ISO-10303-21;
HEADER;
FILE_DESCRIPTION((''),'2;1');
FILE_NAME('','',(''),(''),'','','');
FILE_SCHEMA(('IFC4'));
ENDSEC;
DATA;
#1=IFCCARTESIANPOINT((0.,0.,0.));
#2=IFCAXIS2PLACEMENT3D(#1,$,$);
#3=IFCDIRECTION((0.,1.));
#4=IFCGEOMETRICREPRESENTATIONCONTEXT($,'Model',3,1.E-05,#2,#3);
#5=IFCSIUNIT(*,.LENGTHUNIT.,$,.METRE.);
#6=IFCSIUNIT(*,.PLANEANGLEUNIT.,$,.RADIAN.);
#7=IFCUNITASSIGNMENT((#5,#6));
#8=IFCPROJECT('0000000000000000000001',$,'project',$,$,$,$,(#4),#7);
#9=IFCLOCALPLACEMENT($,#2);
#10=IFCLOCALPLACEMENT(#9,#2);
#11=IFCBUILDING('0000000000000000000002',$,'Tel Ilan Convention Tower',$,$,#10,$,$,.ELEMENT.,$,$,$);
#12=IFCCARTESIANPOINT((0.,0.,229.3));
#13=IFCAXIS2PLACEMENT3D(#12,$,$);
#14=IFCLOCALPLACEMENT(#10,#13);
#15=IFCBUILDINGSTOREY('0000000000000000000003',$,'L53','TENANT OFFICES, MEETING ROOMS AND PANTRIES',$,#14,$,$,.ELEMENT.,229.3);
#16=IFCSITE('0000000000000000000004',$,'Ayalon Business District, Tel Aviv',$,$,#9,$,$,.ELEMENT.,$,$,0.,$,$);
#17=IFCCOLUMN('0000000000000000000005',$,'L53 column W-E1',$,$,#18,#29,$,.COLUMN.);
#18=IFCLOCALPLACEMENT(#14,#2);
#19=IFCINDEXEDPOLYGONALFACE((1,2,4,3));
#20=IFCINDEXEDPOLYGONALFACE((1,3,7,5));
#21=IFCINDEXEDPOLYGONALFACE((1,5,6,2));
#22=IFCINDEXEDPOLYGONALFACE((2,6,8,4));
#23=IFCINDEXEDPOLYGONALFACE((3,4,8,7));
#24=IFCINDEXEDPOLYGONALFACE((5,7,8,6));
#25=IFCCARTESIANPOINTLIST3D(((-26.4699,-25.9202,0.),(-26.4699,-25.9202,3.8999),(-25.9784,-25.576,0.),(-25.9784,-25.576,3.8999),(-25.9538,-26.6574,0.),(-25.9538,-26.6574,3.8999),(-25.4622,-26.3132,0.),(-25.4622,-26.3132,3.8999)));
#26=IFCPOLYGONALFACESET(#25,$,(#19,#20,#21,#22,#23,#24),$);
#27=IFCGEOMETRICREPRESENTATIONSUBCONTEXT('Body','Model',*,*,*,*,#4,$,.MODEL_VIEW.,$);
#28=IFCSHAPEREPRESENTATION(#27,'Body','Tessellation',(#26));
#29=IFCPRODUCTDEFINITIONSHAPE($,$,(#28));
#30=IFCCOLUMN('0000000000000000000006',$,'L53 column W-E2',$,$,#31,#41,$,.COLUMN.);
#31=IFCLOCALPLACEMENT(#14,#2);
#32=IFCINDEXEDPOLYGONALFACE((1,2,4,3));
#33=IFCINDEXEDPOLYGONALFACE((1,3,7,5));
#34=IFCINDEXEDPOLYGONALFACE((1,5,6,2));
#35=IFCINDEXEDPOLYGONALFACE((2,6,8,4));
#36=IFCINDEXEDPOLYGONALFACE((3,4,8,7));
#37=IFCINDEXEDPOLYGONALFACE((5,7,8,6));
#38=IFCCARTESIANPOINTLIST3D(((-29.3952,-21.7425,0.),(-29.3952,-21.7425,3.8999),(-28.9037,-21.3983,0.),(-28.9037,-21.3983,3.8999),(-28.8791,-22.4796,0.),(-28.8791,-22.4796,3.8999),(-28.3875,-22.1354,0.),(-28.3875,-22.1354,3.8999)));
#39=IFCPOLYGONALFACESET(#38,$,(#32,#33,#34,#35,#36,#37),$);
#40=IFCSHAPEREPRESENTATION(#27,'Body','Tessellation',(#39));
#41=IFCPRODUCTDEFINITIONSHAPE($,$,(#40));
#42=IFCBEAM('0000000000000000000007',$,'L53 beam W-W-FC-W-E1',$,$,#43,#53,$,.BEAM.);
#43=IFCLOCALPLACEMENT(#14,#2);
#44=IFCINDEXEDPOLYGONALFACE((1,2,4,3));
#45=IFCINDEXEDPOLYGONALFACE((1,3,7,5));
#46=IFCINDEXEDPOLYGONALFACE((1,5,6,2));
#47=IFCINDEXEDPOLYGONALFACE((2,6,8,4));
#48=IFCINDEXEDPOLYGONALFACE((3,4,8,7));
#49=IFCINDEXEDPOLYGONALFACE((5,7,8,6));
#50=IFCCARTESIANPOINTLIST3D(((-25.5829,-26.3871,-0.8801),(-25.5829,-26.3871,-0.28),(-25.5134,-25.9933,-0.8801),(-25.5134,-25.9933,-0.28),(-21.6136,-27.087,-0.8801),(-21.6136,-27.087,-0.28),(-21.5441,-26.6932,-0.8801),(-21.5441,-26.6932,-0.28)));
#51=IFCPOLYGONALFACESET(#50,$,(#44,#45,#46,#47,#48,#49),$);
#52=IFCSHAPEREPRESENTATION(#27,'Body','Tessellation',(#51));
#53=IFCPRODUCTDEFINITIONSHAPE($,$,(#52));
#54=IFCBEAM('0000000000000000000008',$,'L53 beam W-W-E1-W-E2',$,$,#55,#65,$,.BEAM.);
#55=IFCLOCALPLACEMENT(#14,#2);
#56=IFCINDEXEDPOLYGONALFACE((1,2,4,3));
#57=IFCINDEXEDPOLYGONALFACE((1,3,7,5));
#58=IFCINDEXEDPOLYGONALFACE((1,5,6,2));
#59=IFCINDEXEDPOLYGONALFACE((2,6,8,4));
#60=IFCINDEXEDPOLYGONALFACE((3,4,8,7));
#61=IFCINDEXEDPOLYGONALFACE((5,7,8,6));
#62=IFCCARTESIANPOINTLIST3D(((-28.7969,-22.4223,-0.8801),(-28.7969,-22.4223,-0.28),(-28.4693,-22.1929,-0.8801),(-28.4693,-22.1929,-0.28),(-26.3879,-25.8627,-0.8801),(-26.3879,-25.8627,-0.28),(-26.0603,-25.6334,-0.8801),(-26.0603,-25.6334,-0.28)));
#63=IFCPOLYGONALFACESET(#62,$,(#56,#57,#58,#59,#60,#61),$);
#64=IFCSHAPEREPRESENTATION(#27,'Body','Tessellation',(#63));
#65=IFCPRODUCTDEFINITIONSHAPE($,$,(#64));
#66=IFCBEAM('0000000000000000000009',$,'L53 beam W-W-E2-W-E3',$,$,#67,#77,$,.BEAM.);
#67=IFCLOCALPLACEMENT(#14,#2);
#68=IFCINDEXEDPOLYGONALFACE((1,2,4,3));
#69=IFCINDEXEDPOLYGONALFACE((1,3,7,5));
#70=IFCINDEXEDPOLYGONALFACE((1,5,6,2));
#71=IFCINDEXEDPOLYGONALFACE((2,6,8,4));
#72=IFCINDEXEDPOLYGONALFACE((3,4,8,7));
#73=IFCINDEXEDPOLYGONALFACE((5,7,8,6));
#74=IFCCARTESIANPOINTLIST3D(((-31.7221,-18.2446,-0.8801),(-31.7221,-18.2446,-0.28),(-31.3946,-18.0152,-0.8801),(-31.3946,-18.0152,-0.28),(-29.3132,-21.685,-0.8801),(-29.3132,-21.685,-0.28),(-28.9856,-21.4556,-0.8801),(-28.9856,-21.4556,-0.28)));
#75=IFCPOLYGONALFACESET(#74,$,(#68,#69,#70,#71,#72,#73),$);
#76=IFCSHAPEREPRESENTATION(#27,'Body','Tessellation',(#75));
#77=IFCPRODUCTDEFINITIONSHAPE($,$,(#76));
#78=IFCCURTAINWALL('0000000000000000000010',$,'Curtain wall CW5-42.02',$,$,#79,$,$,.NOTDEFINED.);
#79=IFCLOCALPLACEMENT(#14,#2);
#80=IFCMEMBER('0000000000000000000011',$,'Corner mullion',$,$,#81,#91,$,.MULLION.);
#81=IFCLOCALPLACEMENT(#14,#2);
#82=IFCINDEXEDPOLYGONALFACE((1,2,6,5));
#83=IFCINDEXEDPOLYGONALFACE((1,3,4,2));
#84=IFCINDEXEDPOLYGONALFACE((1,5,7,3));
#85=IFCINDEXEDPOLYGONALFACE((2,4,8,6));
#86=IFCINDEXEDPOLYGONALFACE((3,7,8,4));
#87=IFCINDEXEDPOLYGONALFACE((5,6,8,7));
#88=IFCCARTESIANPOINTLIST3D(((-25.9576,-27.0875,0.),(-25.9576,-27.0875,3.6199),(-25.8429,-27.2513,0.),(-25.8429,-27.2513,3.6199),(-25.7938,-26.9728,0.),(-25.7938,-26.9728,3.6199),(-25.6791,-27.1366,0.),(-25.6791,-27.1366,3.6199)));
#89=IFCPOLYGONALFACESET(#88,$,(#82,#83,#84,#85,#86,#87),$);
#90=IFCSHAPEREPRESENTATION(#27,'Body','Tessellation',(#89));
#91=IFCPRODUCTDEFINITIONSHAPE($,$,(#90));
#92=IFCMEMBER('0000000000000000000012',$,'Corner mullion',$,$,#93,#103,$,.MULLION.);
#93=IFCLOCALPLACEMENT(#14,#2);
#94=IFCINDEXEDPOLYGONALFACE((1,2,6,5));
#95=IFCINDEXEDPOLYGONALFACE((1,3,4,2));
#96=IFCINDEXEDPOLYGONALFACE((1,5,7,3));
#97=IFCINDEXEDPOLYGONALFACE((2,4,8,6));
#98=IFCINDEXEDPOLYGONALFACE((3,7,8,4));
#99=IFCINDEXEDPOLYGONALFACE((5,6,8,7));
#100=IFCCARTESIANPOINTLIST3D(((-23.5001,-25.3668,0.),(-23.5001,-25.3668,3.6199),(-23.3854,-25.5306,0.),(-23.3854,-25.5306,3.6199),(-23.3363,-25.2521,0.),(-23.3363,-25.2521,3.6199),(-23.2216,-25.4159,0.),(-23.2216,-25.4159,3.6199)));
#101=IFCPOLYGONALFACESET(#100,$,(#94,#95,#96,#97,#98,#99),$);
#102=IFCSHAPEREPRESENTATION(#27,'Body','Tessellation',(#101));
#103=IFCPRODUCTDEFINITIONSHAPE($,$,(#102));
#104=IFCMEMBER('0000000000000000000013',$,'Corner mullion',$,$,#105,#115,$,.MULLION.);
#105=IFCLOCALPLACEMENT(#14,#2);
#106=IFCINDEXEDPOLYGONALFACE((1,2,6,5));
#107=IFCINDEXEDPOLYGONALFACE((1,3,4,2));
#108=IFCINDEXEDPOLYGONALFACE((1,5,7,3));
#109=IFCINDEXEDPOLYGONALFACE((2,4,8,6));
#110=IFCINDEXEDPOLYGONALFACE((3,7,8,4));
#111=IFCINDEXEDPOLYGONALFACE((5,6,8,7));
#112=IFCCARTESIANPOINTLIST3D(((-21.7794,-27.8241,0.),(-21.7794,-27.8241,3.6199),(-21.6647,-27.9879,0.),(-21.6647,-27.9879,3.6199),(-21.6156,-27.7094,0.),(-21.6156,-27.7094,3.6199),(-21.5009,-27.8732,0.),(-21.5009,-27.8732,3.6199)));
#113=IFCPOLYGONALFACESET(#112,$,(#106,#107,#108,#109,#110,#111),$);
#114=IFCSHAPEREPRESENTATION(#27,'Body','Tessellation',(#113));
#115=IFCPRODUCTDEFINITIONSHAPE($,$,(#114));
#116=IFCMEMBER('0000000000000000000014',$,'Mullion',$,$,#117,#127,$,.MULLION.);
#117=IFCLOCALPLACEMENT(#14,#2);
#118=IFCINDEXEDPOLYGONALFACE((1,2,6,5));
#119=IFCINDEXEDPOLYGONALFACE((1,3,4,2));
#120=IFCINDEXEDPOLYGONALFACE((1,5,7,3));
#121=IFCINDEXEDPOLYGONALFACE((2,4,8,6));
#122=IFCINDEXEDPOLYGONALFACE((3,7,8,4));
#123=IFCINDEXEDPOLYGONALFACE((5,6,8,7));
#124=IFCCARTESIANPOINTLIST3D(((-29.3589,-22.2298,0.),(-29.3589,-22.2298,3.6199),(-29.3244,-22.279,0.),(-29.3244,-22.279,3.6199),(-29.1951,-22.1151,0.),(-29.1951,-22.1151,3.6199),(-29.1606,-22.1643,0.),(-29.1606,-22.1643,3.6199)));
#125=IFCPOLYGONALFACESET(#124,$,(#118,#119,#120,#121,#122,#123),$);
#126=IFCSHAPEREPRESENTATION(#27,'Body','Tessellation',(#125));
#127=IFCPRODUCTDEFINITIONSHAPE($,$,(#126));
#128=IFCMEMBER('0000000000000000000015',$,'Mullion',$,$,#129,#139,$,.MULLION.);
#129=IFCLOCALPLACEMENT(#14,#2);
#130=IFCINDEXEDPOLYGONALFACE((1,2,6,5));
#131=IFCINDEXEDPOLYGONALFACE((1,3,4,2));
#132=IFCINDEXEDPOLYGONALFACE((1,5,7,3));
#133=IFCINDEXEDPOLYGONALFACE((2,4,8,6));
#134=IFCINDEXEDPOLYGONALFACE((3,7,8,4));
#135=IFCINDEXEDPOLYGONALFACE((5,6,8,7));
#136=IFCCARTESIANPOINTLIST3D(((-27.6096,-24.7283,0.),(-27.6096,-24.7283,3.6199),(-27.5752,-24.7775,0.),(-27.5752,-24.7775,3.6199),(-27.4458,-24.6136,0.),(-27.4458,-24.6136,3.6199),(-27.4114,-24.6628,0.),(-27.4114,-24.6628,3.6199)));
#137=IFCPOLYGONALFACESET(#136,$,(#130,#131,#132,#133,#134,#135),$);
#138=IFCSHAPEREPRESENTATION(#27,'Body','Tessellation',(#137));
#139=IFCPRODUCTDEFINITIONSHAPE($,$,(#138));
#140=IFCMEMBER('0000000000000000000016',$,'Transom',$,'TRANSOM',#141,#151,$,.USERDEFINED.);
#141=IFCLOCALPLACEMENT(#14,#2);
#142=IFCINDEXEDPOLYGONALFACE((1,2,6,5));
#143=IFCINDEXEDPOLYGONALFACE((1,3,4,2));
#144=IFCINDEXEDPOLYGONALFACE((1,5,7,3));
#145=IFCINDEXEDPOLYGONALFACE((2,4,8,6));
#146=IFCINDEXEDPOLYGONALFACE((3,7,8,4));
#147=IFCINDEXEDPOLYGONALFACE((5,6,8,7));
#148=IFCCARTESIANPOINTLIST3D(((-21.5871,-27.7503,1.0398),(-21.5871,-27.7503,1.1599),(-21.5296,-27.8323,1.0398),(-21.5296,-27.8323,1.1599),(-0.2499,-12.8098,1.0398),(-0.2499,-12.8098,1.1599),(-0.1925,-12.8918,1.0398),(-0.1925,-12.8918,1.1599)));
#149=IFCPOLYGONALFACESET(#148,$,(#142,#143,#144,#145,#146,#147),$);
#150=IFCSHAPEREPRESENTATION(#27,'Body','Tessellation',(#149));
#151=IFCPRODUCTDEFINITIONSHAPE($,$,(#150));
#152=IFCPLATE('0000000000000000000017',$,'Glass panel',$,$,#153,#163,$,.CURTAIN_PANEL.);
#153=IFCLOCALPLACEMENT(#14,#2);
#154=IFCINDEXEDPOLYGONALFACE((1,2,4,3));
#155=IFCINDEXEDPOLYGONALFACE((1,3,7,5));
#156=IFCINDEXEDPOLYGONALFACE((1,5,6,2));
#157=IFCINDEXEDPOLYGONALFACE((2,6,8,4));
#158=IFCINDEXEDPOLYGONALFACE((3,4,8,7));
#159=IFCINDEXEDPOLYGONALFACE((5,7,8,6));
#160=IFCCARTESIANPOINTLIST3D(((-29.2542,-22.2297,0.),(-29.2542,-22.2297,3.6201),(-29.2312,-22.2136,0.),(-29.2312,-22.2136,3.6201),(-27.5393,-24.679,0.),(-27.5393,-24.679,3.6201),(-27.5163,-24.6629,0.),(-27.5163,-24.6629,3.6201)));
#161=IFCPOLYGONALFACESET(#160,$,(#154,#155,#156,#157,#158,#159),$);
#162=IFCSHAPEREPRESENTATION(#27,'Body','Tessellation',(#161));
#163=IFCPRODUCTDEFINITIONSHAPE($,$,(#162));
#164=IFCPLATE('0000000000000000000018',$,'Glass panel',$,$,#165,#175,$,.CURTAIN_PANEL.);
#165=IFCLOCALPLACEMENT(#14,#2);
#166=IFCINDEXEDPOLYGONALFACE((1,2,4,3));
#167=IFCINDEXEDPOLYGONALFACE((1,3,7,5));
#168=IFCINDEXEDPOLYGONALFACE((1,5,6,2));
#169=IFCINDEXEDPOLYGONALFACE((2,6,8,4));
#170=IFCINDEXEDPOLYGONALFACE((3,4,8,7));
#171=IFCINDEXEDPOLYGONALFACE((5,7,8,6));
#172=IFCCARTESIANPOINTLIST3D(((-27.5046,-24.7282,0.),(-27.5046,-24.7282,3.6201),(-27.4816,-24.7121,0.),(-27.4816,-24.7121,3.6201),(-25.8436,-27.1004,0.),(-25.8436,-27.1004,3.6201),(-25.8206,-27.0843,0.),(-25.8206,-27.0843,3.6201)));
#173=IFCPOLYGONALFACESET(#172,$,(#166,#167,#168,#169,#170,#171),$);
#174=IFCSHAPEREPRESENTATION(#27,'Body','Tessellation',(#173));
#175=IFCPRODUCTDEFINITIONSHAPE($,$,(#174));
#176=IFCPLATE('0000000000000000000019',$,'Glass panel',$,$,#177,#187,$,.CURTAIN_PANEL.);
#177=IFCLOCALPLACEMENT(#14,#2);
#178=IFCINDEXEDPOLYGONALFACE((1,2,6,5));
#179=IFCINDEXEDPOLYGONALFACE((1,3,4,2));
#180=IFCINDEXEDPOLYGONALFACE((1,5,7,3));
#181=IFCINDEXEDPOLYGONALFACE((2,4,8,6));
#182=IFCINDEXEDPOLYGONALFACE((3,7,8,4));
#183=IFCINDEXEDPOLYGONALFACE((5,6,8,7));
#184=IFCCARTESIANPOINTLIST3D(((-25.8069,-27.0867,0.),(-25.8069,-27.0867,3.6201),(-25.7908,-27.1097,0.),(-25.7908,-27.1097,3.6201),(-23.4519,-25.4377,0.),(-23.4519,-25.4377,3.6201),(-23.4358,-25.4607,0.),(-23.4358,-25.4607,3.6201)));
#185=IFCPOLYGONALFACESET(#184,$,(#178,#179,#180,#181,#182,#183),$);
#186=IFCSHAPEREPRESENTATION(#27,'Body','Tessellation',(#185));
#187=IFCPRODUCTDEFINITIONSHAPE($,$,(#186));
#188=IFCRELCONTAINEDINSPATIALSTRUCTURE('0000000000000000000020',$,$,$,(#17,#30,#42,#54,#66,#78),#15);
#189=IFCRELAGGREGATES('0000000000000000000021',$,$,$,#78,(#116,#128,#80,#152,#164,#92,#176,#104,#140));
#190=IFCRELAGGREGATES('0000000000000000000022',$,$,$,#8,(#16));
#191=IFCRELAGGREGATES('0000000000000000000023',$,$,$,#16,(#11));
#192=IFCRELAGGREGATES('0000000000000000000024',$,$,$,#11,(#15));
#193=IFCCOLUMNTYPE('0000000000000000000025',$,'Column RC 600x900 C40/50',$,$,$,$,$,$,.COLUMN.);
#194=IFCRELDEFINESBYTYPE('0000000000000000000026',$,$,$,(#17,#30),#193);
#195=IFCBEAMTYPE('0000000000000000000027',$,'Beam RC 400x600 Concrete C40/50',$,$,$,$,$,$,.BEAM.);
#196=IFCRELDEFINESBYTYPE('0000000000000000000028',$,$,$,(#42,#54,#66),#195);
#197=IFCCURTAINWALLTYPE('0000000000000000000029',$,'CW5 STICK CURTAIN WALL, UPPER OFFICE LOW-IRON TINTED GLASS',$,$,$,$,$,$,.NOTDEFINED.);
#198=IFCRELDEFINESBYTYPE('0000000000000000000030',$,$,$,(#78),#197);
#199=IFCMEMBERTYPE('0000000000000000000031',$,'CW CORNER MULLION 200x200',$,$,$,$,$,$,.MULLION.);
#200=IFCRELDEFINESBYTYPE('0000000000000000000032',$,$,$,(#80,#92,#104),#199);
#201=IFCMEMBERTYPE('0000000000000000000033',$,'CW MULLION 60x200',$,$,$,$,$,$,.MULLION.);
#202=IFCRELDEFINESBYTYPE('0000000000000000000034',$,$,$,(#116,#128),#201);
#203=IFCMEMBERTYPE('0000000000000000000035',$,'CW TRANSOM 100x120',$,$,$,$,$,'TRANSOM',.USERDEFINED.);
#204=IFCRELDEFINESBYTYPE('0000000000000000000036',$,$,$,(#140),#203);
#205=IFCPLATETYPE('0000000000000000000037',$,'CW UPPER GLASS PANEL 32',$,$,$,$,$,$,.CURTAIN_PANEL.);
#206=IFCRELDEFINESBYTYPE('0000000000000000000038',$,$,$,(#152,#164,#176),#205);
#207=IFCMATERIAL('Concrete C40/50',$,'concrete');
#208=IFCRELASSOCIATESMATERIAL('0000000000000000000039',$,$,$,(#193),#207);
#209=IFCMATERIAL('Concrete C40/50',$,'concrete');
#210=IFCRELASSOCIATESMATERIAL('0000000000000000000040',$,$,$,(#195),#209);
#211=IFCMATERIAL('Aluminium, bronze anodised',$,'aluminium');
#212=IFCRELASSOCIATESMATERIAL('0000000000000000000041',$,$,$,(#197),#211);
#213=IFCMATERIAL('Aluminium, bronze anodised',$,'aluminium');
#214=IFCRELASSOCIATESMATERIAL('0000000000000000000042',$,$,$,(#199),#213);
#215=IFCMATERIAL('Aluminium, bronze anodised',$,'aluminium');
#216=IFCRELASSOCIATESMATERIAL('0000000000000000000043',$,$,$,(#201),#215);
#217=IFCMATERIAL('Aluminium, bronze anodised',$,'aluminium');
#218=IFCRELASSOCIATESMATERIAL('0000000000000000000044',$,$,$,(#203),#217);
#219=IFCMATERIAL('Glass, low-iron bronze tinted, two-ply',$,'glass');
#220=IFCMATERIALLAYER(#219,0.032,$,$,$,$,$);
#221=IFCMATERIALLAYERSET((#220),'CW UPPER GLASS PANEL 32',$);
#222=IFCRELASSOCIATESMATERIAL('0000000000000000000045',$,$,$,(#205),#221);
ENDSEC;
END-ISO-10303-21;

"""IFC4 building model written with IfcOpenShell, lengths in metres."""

from ifc_helpers import new_model, si_unit, direction, frame, origin, origin_2d, place, context, subcontext, project, spatial, rectangle, extrude, material, layer, layer_set, material_profile, profile_set, type_object, element, aggregate, save


model = new_model("IFC4")

# Units and contexts
model_context = context("Model", 3, precision=1e-05, world=origin(), true_north=direction((0.0, 1.0)))
body_context = subcontext(model_context, "Body", "Model", "MODEL_VIEW")
ifc_project = project(units=[si_unit("LENGTHUNIT", "METRE"), si_unit("PLANEANGLEUNIT", "RADIAN")], contexts=[model_context])

# Site, building, storey
site_placement = place(None, origin())
site = spatial("IfcSite", under=ifc_project, at=site_placement, Name="Ayalon Business District, Tel Aviv", CompositionType="ELEMENT", RefElevation=0.0)
building_placement = place(site_placement, origin())
building = spatial("IfcBuilding", under=site, at=building_placement, Name="Tel Ilan Convention Tower", CompositionType="ELEMENT")
storey_placement = place(building_placement, frame((0.0, 0.0, 229.3)))
storey = spatial("IfcBuildingStorey", under=building, at=storey_placement, Name="L53", Description="TENANT OFFICES, MEETING ROOMS AND PANTRIES", CompositionType="ELEMENT", Elevation=229.3)

# Columns
ifc_material_1 = material(Name="Concrete C40/50", Category="concrete")
ifc_material_profile_1 = material_profile(ifc_material_1, rectangle(XDim=0.8999, YDim=0.6001, at=origin_2d()), Name="RC 600x900")
ifc_profile_set_1 = profile_set([ifc_material_profile_1], Name="Concrete C40/50")
column_type = type_object("IfcColumnType", Name="Column RC 600x900 C40/50", PredefinedType="COLUMN", material=ifc_profile_set_1)
for number, where, z_axis, x_axis, name in (
    (1, (-25.9661, -26.1167, 0.0), (0.0, 0.0, 1.0), (-0.573576, 0.819152, 0.0), "L53 column W-E1"),
    (2, (-28.8914, -21.939, 0.0), (0.0, 0.0, 1.0), (-0.573576, 0.819152, 0.0), "L53 column W-E2"),
):
    element("IfcColumn", number, at=place(storey_placement, frame(where, z_axis=z_axis, x_axis=x_axis)), inside=storey, type_object=column_type, Name=name, PredefinedType="COLUMN", context=body_context, shape_type="SweptSolid", body=[
        extrude(rectangle(XDim=0.8999, YDim=0.6001, at=origin_2d()), origin(), (0.0, 0.0, 1.0), 3.8999),
    ])

# Beams
ifc_material_2 = material(Name="Concrete C40/50", Category="concrete")
ifc_material_profile_2 = material_profile(ifc_material_2, rectangle(XDim=0.3999, YDim=0.6001, at=origin_2d()), Name="RC 400x600")
ifc_profile_set_2 = profile_set([ifc_material_profile_2], Name="Concrete C40/50")
beam_type = type_object("IfcBeamType", Name="Beam RC 400x600 Concrete C40/50", PredefinedType="BEAM", material=ifc_profile_set_2)
beam_placement = place(storey_placement, frame((-21.5789, -26.8901, -0.5801), z_axis=(-0.984805, 0.173664, 0.0), x_axis=(-0.173664, -0.984805, 0.0)))
element("IfcBeam", 3, at=beam_placement, inside=storey, type_object=beam_type, Name="L53 beam W-W-FC-W-E1", PredefinedType="BEAM", context=body_context, shape_type="SweptSolid", body=[
    extrude(rectangle(XDim=0.3999, YDim=0.6001, at=origin_2d()), origin(), (0.0, 0.0, 1.0), 4.0305),
])
for number, where, z_axis, x_axis, name in (
    (4, (-26.2241, -25.748, -0.5801), (-0.573564, 0.819161, 0.0), (-0.819161, -0.573564, 0.0), "L53 beam W-W-E1-W-E2"),
    (5, (-29.1494, -21.5703, -0.5801), (-0.573564, 0.819161, 0.0), (-0.819161, -0.573564, 0.0), "L53 beam W-W-E2-W-E3"),
):
    element("IfcBeam", number, at=place(storey_placement, frame(where, z_axis=z_axis, x_axis=x_axis)), inside=storey, type_object=beam_type, Name=name, PredefinedType="BEAM", context=body_context, shape_type="SweptSolid", body=[
        extrude(rectangle(XDim=0.3999, YDim=0.6001, at=origin_2d()), origin(), (0.0, 0.0, 1.0), 4.2),
    ])

# Curtain wall, members, plates
ifc_material_3 = material(Name="Aluminium, bronze anodised", Category="aluminium")
curtain_wall_type = type_object("IfcCurtainWallType", Name="CW5 STICK CURTAIN WALL, UPPER OFFICE LOW-IRON TINTED GLASS", PredefinedType="NOTDEFINED", material=ifc_material_3)
curtain_wall_placement = place(storey_placement, origin())
curtain_wall = element("IfcCurtainWall", 6, at=curtain_wall_placement, inside=storey, type_object=curtain_wall_type, Name="Curtain wall CW5-42.02", PredefinedType="NOTDEFINED")
ifc_material_4 = material(Name="Aluminium, bronze anodised", Category="aluminium")
ifc_material_profile_3 = material_profile(ifc_material_4, rectangle(XDim=0.2, YDim=0.2, at=origin_2d()), Name="CW CORNER MULLION 200x200")
ifc_profile_set_3 = profile_set([ifc_material_profile_3], Name="Aluminium, bronze anodised")
member_type_1 = type_object("IfcMemberType", Name="CW CORNER MULLION 200x200", PredefinedType="MULLION", material=ifc_profile_set_3)
member_1_placement = place(storey_placement, frame((-25.8184, -27.1121, 0.0), z_axis=(0.0, 0.0, 1.0), x_axis=(0.573576, -0.819152, 0.0)))
member_1 = element("IfcMember", 7, at=member_1_placement, type_object=member_type_1, Name="Corner mullion", PredefinedType="MULLION", context=body_context, shape_type="SweptSolid", body=[
    extrude(rectangle(XDim=0.2, YDim=0.2, at=origin_2d()), origin(), (0.0, 0.0, 1.0), 3.6199),
])
member_2_placement = place(storey_placement, frame((-23.3608, -25.3914, 0.0), z_axis=(0.0, 0.0, 1.0), x_axis=(0.819152, 0.573576, 0.0)))
member_2 = element("IfcMember", 8, at=member_2_placement, type_object=member_type_1, Name="Corner mullion", PredefinedType="MULLION", context=body_context, shape_type="SweptSolid", body=[
    extrude(rectangle(XDim=0.2, YDim=0.2, at=origin_2d()), origin(), (0.0, 0.0, 1.0), 3.6199),
])
member_3_placement = place(storey_placement, frame((-21.6401, -27.8486, 0.0), z_axis=(0.0, 0.0, 1.0), x_axis=(0.573576, -0.819152, 0.0)))
member_3 = element("IfcMember", 9, at=member_3_placement, type_object=member_type_1, Name="Corner mullion", PredefinedType="MULLION", context=body_context, shape_type="SweptSolid", body=[
    extrude(rectangle(XDim=0.2, YDim=0.2, at=origin_2d()), origin(), (0.0, 0.0, 1.0), 3.6199),
])
ifc_material_5 = material(Name="Aluminium, bronze anodised", Category="aluminium")
ifc_material_profile_4 = material_profile(ifc_material_5, rectangle(XDim=0.0601, YDim=0.2, at=origin_2d()), Name="CW MULLION 60x200")
ifc_profile_set_4 = profile_set([ifc_material_profile_4], Name="Aluminium, bronze anodised")
member_type_2 = type_object("IfcMemberType", Name="CW MULLION 60x200", PredefinedType="MULLION", material=ifc_profile_set_4)
member_4_placement = place(storey_placement, frame((-29.2598, -22.197, 0.0), z_axis=(0.0, 0.0, 1.0), x_axis=(0.573576, -0.819152, 0.0)))
member_4 = element("IfcMember", 10, at=member_4_placement, type_object=member_type_2, Name="Mullion", PredefinedType="MULLION", context=body_context, shape_type="SweptSolid", body=[
    extrude(rectangle(XDim=0.0601, YDim=0.2, at=origin_2d()), origin(), (0.0, 0.0, 1.0), 3.6199),
])
member_5_placement = place(storey_placement, frame((-27.5105, -24.6956, 0.0), z_axis=(0.0, 0.0, 1.0), x_axis=(0.573576, -0.819152, 0.0)))
member_5 = element("IfcMember", 11, at=member_5_placement, type_object=member_type_2, Name="Mullion", PredefinedType="MULLION", context=body_context, shape_type="SweptSolid", body=[
    extrude(rectangle(XDim=0.0601, YDim=0.2, at=origin_2d()), origin(), (0.0, 0.0, 1.0), 3.6199),
])
ifc_material_6 = material(Name="Aluminium, bronze anodised", Category="aluminium")
ifc_material_profile_5 = material_profile(ifc_material_6, rectangle(XDim=0.1001, YDim=0.1201, at=origin_2d()), Name="CW TRANSOM 100x120")
ifc_profile_set_5 = profile_set([ifc_material_profile_5], Name="Aluminium, bronze anodised")
member_type_3 = type_object("IfcMemberType", Name="CW TRANSOM 100x120", ElementType="TRANSOM", PredefinedType="USERDEFINED", material=ifc_profile_set_5)
member_6_placement = place(storey_placement, frame((-21.5583, -27.7913, 1.0999), z_axis=(0.819152, 0.573576, 0.0), x_axis=(-0.573576, 0.819152, 0.0)))
member_6 = element("IfcMember", 12, at=member_6_placement, type_object=member_type_3, Name="Transom", ObjectType="TRANSOM", PredefinedType="USERDEFINED", context=body_context, shape_type="SweptSolid", body=[
    extrude(rectangle(XDim=0.1001, YDim=0.1201, at=origin_2d()), origin(), (0.0, 0.0, 1.0), 26.0479),
])
ifc_material_7 = material(Name="Glass, low-iron bronze tinted, two-ply", Category="glass")
ifc_layer_1 = layer(ifc_material_7, 0.032)
ifc_layer_set_1 = layer_set([ifc_layer_1], Name="CW UPPER GLASS PANEL 32")
plate_type = type_object("IfcPlateType", Name="CW UPPER GLASS PANEL 32", PredefinedType="CURTAIN_PANEL", material=ifc_layer_set_1)
plate_1_placement = place(storey_placement, frame((-28.3853, -23.4463, 0.0), z_axis=(0.0, 0.0, 1.0), x_axis=(0.573576, -0.819152, 0.0)))
plate_1 = element("IfcPlate", 13, at=plate_1_placement, type_object=plate_type, Name="Glass panel", PredefinedType="CURTAIN_PANEL", context=body_context, shape_type="SweptSolid", body=[
    extrude(rectangle(XDim=2.99, YDim=0.0281, at=origin_2d()), origin(), (0.0, 0.0, 1.0), 3.6201),
])
plate_2_placement = place(storey_placement, frame((-26.6626, -25.9062, 0.0), z_axis=(0.0, 0.0, 1.0), x_axis=(0.573576, -0.819152, 0.0)))
plate_2 = element("IfcPlate", 14, at=plate_2_placement, type_object=plate_type, Name="Glass panel", PredefinedType="CURTAIN_PANEL", context=body_context, shape_type="SweptSolid", body=[
    extrude(rectangle(XDim=2.896, YDim=0.0281, at=origin_2d()), origin(), (0.0, 0.0, 1.0), 3.6201),
])
plate_3_placement = place(storey_placement, frame((-24.6213, -26.2737, 0.0), z_axis=(0.0, 0.0, 1.0), x_axis=(0.819152, 0.573576, 0.0)))
plate_3 = element("IfcPlate", 15, at=plate_3_placement, type_object=plate_type, Name="Glass panel", PredefinedType="CURTAIN_PANEL", context=body_context, shape_type="SweptSolid", body=[
    extrude(rectangle(XDim=2.875, YDim=0.0281, at=origin_2d()), origin(), (0.0, 0.0, 1.0), 3.6201),
])
aggregate(curtain_wall, [member_4, member_5, member_1, plate_1, plate_2, member_2, plate_3, member_3, member_6])

save(model, "model.ifc")
